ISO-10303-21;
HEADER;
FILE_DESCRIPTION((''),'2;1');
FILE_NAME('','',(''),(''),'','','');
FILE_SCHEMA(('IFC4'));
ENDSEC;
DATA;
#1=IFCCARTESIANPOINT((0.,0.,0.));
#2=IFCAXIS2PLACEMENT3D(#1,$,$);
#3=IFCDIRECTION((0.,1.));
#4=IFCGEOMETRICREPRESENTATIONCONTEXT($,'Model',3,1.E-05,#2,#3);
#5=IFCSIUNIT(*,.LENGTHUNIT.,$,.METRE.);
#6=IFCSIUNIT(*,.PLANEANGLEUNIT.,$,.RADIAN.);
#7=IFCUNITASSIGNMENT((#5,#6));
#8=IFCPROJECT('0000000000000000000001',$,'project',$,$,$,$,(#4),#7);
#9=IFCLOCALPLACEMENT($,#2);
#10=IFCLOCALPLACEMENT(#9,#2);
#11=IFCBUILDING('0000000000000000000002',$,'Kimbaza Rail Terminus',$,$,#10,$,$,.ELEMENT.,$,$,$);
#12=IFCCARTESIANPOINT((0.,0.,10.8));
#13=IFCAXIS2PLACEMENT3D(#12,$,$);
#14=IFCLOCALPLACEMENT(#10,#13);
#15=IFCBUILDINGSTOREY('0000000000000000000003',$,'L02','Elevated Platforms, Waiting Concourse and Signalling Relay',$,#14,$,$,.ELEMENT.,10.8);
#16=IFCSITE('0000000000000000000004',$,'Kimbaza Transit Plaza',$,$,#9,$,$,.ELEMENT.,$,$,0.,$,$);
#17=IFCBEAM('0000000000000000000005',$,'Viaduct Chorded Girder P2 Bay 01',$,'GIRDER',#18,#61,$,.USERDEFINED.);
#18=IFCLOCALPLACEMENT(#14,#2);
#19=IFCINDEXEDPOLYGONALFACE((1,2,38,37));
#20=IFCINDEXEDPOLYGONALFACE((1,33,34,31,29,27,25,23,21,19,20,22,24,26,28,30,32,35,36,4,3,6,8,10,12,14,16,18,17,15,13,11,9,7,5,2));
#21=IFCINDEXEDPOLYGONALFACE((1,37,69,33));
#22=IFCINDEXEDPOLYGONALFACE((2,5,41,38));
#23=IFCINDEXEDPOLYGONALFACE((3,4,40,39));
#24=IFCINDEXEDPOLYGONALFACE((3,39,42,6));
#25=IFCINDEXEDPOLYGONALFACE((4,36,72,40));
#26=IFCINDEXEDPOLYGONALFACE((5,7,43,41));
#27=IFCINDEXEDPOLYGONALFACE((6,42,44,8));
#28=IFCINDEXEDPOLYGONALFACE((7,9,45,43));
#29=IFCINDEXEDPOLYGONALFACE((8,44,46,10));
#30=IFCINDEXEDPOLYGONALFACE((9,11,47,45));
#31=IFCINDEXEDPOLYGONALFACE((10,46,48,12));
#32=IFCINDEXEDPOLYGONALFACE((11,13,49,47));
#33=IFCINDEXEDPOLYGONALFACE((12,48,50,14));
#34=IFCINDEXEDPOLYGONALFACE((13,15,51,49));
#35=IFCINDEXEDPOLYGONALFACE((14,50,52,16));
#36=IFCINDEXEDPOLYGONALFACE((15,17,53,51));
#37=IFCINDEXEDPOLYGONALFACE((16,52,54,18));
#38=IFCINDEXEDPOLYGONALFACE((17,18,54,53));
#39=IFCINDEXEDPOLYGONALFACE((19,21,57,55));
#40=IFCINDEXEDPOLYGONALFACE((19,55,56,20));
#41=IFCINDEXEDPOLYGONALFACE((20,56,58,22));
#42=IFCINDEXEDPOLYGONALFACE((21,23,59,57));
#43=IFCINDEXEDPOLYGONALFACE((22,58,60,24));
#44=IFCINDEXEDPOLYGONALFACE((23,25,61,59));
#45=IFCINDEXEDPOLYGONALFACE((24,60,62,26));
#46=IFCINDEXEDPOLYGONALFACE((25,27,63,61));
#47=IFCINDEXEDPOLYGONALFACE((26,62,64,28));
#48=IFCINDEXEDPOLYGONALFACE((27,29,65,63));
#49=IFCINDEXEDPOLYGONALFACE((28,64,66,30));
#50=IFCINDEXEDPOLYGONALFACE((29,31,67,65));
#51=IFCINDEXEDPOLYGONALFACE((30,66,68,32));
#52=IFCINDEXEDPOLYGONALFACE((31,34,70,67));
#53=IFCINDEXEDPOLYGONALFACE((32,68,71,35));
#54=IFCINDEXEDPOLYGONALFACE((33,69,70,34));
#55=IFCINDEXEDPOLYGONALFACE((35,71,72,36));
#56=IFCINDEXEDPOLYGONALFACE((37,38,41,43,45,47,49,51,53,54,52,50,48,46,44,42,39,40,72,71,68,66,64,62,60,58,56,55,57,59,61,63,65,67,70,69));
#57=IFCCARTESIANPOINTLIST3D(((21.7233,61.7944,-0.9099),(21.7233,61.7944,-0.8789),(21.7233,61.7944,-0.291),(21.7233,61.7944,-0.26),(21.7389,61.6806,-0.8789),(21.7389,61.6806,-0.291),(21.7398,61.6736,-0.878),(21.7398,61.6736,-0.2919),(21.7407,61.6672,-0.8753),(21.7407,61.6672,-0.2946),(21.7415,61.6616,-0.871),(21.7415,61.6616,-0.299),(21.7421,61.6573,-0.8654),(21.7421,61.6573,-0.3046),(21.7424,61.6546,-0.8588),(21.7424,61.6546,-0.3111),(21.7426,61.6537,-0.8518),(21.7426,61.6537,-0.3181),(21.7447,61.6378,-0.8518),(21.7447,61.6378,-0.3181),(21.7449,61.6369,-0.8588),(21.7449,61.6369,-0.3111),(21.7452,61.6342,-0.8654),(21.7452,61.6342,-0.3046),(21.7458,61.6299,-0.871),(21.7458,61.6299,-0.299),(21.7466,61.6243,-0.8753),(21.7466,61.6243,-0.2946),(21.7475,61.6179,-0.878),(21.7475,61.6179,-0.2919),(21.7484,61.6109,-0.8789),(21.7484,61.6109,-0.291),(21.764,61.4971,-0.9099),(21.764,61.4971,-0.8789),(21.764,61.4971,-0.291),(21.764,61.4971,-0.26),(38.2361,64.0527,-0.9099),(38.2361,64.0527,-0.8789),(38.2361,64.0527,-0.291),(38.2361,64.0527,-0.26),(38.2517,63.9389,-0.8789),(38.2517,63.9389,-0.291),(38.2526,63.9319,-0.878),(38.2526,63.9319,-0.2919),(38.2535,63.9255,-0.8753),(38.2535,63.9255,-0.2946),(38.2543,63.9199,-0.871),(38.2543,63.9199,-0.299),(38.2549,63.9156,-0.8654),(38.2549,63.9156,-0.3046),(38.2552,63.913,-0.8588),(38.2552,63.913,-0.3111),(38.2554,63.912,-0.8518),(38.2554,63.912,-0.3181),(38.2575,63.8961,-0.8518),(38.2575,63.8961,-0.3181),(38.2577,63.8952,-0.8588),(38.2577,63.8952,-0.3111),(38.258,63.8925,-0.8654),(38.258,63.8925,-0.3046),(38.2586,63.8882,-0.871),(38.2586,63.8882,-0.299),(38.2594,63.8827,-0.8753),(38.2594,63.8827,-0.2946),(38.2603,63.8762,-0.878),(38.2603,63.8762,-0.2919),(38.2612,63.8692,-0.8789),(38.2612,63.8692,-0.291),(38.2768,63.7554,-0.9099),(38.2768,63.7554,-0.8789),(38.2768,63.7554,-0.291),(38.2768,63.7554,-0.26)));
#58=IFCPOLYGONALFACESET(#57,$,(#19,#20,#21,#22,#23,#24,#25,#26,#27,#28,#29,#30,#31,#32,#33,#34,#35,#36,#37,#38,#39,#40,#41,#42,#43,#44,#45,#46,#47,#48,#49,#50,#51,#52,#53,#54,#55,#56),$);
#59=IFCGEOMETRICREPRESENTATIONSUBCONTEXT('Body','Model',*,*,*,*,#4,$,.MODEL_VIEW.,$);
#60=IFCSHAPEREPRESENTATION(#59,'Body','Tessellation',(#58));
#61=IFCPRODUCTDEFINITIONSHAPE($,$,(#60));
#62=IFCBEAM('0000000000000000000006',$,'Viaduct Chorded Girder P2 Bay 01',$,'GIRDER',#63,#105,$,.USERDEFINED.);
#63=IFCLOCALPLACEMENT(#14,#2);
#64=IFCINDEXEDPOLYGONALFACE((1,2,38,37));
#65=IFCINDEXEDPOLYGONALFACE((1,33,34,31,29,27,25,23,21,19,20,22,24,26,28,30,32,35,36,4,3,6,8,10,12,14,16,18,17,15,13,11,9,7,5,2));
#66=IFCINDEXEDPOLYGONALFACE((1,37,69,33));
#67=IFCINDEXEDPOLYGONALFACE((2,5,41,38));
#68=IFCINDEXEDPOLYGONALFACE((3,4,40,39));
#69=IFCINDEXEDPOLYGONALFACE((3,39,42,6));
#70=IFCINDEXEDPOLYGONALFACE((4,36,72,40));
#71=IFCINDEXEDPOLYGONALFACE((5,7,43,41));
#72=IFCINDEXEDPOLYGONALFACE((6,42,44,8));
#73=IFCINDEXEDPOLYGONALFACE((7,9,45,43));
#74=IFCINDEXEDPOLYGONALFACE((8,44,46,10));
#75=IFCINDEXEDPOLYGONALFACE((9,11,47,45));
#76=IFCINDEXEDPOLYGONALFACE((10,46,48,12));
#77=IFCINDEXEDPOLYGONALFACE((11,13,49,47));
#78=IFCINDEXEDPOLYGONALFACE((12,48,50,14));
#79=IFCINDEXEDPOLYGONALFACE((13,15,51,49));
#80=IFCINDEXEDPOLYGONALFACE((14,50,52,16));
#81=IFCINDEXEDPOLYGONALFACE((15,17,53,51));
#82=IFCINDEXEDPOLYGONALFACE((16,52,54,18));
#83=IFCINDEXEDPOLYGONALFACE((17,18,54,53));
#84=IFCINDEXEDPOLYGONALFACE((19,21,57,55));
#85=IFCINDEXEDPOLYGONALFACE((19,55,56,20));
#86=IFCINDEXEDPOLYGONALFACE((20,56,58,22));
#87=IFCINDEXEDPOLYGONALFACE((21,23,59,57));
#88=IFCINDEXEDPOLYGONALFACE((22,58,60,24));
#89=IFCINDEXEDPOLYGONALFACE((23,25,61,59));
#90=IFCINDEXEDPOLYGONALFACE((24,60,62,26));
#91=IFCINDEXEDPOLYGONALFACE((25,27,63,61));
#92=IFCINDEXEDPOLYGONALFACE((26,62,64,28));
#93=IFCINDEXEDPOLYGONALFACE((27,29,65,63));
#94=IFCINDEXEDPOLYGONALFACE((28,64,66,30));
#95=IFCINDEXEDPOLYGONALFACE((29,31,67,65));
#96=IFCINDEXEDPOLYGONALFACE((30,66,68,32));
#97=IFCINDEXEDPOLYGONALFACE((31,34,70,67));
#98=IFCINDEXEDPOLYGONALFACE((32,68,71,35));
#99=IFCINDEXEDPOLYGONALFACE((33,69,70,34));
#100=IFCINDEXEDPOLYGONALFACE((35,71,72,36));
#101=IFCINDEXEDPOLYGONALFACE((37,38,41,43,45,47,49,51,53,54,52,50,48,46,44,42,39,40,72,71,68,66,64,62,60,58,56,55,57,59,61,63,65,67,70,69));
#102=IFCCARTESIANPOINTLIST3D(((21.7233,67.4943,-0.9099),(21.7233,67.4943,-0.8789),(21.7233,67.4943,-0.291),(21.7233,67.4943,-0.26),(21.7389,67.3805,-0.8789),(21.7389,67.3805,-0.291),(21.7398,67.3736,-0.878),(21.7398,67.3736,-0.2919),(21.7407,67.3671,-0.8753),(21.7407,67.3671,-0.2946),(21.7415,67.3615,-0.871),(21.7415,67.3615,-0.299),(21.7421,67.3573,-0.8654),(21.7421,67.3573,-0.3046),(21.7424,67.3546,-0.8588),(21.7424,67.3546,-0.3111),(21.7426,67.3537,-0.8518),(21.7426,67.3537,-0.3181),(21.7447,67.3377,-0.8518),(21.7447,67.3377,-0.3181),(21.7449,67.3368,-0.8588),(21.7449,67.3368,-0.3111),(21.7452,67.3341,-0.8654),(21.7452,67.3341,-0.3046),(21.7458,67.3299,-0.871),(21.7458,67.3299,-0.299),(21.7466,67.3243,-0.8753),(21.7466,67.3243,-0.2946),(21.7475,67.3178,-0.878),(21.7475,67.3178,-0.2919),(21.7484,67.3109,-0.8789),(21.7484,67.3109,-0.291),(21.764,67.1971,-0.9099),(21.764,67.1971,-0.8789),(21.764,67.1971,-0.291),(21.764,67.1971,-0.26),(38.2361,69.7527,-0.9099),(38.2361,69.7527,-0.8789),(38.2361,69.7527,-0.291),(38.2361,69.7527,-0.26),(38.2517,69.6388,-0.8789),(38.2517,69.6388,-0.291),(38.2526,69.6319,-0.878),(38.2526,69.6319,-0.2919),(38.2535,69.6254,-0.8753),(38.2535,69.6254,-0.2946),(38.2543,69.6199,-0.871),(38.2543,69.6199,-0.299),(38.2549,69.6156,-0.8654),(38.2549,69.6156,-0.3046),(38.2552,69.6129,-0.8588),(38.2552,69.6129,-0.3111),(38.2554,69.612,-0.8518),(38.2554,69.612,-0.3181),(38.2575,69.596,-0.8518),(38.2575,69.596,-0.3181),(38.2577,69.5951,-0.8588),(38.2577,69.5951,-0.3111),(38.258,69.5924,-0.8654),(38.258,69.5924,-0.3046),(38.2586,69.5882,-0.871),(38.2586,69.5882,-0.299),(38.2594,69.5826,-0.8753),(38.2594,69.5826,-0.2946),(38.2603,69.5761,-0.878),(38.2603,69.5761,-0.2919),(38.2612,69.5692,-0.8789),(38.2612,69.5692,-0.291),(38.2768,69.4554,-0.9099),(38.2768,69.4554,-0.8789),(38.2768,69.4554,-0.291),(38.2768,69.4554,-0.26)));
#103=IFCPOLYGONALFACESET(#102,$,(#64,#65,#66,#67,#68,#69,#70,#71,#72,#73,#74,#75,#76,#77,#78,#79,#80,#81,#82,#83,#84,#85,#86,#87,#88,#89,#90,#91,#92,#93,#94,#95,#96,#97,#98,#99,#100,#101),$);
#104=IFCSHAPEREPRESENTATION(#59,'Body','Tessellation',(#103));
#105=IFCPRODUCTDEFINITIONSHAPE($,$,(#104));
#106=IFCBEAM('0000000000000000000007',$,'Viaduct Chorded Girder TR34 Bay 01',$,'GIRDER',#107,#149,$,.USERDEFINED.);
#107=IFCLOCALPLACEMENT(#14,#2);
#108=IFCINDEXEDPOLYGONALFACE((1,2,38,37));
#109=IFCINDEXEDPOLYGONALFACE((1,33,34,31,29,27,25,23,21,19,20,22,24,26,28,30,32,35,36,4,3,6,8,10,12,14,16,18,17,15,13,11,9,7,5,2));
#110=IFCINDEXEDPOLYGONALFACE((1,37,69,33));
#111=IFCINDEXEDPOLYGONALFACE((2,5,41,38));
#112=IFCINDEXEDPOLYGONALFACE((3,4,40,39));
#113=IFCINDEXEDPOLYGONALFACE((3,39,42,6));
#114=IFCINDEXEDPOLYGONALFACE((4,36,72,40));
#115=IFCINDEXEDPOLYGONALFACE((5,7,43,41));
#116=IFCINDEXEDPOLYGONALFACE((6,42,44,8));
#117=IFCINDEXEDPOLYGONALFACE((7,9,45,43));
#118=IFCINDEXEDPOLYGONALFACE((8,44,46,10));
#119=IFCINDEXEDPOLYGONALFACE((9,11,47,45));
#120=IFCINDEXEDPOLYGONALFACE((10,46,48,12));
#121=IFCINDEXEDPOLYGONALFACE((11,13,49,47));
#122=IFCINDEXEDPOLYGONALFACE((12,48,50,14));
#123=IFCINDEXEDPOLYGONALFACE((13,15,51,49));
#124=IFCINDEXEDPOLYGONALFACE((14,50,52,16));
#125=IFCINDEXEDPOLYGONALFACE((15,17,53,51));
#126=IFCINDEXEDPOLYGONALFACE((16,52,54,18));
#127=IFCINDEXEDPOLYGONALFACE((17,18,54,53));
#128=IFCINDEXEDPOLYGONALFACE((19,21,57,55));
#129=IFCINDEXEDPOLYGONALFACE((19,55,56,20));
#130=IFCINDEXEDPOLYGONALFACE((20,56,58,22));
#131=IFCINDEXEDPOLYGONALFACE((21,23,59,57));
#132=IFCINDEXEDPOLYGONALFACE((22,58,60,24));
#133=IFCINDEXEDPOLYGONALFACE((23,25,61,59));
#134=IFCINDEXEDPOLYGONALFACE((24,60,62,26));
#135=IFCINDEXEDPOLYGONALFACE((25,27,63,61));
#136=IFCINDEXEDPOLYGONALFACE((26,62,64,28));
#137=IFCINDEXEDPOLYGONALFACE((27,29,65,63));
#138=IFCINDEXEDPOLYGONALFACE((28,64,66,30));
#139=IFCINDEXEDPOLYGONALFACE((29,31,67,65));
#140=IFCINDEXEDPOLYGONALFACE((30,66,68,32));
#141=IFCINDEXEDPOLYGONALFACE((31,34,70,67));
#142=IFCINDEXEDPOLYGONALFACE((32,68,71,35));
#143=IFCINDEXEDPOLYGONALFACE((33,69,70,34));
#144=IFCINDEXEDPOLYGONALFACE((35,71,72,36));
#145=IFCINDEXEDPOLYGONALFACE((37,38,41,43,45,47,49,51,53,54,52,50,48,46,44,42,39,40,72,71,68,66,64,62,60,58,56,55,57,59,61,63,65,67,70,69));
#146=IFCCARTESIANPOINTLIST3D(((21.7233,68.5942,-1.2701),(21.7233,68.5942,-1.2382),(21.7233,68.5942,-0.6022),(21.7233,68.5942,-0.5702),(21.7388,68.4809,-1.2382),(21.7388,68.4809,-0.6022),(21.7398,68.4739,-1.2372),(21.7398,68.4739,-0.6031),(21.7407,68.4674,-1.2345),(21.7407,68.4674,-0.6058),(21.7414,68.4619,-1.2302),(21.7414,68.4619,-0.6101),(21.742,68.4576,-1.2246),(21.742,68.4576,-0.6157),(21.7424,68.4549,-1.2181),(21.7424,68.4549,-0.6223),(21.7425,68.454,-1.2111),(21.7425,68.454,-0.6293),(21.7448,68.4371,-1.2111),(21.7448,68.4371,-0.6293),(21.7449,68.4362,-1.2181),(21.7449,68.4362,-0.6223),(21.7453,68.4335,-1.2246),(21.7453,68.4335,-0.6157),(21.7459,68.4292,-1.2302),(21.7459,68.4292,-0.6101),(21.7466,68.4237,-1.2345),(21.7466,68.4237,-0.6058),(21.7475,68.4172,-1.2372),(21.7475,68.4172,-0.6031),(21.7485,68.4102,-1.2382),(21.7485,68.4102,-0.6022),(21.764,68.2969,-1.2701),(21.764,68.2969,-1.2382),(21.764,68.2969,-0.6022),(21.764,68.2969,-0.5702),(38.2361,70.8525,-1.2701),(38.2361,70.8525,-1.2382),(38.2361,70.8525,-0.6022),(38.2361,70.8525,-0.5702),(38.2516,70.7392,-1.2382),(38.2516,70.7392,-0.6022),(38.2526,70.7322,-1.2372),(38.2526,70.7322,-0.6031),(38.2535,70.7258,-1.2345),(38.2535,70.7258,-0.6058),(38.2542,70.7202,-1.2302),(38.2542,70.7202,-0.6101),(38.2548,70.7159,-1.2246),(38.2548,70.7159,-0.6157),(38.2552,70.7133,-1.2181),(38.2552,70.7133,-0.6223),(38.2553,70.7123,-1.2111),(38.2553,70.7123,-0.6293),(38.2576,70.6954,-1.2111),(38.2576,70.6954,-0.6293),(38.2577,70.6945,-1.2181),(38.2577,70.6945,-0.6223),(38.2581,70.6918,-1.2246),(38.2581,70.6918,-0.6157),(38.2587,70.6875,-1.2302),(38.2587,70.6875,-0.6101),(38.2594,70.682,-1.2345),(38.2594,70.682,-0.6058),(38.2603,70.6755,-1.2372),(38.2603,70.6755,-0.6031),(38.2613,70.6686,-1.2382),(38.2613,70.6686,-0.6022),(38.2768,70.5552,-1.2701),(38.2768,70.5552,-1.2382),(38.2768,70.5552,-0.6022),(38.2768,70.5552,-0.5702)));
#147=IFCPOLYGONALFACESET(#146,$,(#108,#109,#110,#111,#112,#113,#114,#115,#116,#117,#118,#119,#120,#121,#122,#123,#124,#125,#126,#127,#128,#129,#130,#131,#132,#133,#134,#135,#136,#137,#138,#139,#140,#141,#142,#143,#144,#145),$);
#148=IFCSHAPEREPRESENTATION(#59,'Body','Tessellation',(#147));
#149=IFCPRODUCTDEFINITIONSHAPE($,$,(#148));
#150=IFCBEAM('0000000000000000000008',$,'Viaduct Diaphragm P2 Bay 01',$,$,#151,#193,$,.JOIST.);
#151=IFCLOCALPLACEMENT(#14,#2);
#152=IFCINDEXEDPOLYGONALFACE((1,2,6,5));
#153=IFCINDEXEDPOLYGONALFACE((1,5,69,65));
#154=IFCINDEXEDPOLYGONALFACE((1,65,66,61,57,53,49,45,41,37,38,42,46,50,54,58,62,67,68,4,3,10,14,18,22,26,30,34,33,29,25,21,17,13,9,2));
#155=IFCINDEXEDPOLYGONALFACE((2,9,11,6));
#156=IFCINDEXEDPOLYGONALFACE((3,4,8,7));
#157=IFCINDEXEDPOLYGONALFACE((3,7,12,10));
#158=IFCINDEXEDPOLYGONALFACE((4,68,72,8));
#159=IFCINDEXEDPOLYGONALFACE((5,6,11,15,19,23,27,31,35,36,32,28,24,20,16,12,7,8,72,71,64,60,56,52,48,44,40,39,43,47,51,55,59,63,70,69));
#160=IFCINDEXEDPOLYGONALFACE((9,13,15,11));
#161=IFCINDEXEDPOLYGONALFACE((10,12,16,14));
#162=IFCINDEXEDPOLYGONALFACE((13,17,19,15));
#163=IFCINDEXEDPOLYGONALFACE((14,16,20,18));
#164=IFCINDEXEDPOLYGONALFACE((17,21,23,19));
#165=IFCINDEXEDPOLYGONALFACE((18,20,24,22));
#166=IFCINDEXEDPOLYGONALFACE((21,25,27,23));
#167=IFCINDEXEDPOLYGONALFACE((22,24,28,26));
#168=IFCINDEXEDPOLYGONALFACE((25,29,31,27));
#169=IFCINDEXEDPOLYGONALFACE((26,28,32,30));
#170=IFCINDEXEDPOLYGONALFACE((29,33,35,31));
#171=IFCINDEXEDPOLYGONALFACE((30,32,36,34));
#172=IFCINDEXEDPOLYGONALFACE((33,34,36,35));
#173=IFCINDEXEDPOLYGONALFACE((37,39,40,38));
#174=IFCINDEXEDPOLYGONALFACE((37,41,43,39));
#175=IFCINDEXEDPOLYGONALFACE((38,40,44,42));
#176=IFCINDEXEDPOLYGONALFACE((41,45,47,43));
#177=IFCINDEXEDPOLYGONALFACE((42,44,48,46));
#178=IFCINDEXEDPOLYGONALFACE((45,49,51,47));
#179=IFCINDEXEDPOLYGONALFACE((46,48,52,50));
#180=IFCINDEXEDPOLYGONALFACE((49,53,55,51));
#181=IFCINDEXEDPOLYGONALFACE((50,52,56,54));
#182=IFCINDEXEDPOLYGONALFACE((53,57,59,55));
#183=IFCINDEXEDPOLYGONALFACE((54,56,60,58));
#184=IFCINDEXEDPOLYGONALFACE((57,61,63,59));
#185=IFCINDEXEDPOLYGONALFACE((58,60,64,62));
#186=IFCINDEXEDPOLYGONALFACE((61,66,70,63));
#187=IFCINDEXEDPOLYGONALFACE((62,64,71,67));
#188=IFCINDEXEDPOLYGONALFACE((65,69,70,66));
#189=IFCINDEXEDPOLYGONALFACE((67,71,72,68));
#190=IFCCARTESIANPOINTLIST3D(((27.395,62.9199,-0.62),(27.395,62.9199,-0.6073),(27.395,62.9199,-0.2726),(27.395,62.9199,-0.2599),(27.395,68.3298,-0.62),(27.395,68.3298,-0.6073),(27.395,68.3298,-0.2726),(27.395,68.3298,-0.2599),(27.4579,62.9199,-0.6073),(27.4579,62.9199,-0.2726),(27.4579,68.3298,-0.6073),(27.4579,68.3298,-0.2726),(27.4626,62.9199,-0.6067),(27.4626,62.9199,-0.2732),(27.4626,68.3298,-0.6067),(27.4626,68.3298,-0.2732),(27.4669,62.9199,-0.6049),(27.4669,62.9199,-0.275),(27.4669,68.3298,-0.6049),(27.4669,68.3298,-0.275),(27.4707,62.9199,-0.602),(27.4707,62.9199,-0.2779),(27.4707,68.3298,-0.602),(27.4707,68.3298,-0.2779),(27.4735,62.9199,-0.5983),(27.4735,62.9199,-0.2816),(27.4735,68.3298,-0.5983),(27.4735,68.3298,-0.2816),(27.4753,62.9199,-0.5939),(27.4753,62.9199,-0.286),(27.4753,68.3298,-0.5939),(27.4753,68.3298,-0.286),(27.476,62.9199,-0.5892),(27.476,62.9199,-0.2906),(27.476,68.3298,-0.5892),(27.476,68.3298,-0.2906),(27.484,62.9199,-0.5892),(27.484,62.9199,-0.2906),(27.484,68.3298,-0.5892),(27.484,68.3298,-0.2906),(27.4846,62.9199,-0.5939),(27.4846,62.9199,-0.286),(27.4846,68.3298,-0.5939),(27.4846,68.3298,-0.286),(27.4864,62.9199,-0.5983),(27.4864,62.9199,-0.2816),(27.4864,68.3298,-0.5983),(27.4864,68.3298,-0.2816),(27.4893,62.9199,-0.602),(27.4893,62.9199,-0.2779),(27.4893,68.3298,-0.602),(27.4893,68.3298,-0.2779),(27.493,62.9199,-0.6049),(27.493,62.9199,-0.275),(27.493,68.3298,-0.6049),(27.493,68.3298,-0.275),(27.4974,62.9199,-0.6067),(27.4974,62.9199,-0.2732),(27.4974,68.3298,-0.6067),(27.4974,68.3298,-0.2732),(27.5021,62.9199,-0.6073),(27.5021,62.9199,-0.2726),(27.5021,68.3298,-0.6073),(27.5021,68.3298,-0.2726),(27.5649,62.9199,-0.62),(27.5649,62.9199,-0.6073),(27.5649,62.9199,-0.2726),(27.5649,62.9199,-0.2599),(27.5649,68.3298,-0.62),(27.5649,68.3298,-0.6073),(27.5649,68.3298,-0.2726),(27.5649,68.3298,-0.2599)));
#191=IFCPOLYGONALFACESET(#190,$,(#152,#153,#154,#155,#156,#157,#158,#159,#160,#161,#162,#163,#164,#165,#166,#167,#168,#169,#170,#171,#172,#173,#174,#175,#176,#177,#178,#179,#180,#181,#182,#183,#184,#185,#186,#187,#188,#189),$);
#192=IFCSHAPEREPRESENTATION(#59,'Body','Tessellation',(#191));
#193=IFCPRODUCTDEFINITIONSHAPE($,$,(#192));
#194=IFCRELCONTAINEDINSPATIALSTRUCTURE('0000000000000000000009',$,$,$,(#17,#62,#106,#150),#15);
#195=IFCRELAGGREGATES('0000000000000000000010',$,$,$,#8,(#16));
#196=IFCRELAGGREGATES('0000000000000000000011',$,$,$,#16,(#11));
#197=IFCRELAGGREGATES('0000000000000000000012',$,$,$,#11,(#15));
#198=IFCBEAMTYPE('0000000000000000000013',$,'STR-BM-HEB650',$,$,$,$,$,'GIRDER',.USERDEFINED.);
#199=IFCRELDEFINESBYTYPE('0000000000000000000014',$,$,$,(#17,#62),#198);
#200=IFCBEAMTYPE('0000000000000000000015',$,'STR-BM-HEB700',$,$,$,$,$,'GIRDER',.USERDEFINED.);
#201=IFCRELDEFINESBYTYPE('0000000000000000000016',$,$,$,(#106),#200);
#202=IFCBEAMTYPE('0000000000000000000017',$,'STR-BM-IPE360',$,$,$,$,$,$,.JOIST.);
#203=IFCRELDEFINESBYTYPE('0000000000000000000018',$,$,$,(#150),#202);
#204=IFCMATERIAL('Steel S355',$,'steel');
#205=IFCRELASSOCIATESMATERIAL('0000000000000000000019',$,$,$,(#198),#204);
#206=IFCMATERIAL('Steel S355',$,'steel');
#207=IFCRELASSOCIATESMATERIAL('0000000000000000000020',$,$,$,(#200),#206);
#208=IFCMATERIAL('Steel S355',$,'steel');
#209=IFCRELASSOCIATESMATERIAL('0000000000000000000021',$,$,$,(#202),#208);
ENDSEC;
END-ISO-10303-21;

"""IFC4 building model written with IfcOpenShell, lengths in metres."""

from ifc_helpers import new_model, si_unit, direction, frame, origin, origin_2d, place, context, subcontext, project, spatial, i_section, extrude, material, material_profile, profile_set, type_object, element, save


model = new_model("IFC4")

# Units and contexts
model_context = context("Model", 3, precision=1e-05, world=origin(), true_north=direction((0.0, 1.0)))
body_context = subcontext(model_context, "Body", "Model", "MODEL_VIEW")
ifc_project = project(units=[si_unit("LENGTHUNIT", "METRE"), si_unit("PLANEANGLEUNIT", "RADIAN")], contexts=[model_context])

# Site, building, storey
site_placement = place(None, origin())
site = spatial("IfcSite", under=ifc_project, at=site_placement, Name="Kimbaza Transit Plaza", CompositionType="ELEMENT", RefElevation=0.0)
building_placement = place(site_placement, origin())
building = spatial("IfcBuilding", under=site, at=building_placement, Name="Kimbaza Rail Terminus", CompositionType="ELEMENT")
storey_placement = place(building_placement, frame((0.0, 0.0, 10.8)))
storey = spatial("IfcBuildingStorey", under=building, at=storey_placement, Name="L02", Description="Elevated Platforms, Waiting Concourse and Signalling Relay", CompositionType="ELEMENT", Elevation=10.8)

# Beams
ifc_material_1 = material(Name="Steel S355", Category="steel")
ifc_material_profile_1 = material_profile(ifc_material_1, i_section(OverallWidth=0.3, OverallDepth=0.6499, WebThickness=0.0161, FlangeThickness=0.031, FilletRadius=0.0271, at=origin_2d()), Name="HEB 650")
ifc_profile_set_1 = profile_set([ifc_material_profile_1], Name="Steel S355")
beam_type_1 = type_object("IfcBeamType", Name="STR-BM-HEB650", ElementType="GIRDER", PredefinedType="USERDEFINED", material=ifc_profile_set_1)
for number, where, z_axis, x_axis, name in (
    (1, (21.7437, 61.6458, -0.585), (0.990777, 0.1355, 0.0), (-0.1355, 0.990777, 0.0), "Viaduct Chorded Girder P2 Bay 01"),
    (2, (21.7437, 67.3457, -0.585), (0.990777, 0.1355, 0.0), (-0.1355, 0.990777, 0.0), "Viaduct Chorded Girder P2 Bay 01"),
):
    element("IfcBeam", number, at=place(storey_placement, frame(where, z_axis=z_axis, x_axis=x_axis)), inside=storey, type_object=beam_type_1, Name=name, ObjectType="GIRDER", PredefinedType="USERDEFINED", context=body_context, shape_type="SweptSolid", body=[
        extrude(i_section(OverallWidth=0.3, OverallDepth=0.6499, WebThickness=0.0161, FlangeThickness=0.031, FilletRadius=0.0271, at=origin_2d()), origin(), (0.0, 0.0, 1.0), 16.6665),
    ])
ifc_material_2 = material(Name="Steel S355", Category="steel")
ifc_material_profile_2 = material_profile(ifc_material_2, i_section(OverallWidth=0.3, OverallDepth=0.7, WebThickness=0.0171, FlangeThickness=0.032, FilletRadius=0.0271, at=origin_2d()), Name="HEB 700")
ifc_profile_set_2 = profile_set([ifc_material_profile_2], Name="Steel S355")
beam_type_2 = type_object("IfcBeamType", Name="STR-BM-HEB700", ElementType="GIRDER", PredefinedType="USERDEFINED", material=ifc_profile_set_2)
beam_1_placement = place(storey_placement, frame((21.7437, 68.4456, -0.9202), z_axis=(0.990777, 0.1355, 0.0), x_axis=(-0.1355, 0.990777, 0.0)))
element("IfcBeam", 3, at=beam_1_placement, inside=storey, type_object=beam_type_2, Name="Viaduct Chorded Girder TR34 Bay 01", ObjectType="GIRDER", PredefinedType="USERDEFINED", context=body_context, shape_type="SweptSolid", body=[
    extrude(i_section(OverallWidth=0.3, OverallDepth=0.7, WebThickness=0.0171, FlangeThickness=0.032, FilletRadius=0.0271, at=origin_2d()), origin(), (0.0, 0.0, 1.0), 16.6665),
])
ifc_material_3 = material(Name="Steel S355", Category="steel")
ifc_material_profile_3 = material_profile(ifc_material_3, i_section(OverallWidth=0.1699, OverallDepth=0.3601, WebThickness=0.0081, FlangeThickness=0.0127, FilletRadius=0.0181, at=origin_2d()), Name="IPE 360")
ifc_profile_set_3 = profile_set([ifc_material_profile_3], Name="Steel S355")
beam_type_3 = type_object("IfcBeamType", Name="STR-BM-IPE360", PredefinedType="JOIST", material=ifc_profile_set_3)
beam_2_placement = place(storey_placement, frame((27.48, 62.9199, -0.4399), z_axis=(0.0, 1.0, 0.0), x_axis=(-1.0, 0.0, 0.0)))
element("IfcBeam", 4, at=beam_2_placement, inside=storey, type_object=beam_type_3, Name="Viaduct Diaphragm P2 Bay 01", PredefinedType="JOIST", context=body_context, shape_type="SweptSolid", body=[
    extrude(i_section(OverallWidth=0.1699, OverallDepth=0.3601, WebThickness=0.0081, FlangeThickness=0.0127, FilletRadius=0.0181, at=origin_2d()), origin(), (0.0, 0.0, 1.0), 5.4099),
])

save(model, "model.ifc")
